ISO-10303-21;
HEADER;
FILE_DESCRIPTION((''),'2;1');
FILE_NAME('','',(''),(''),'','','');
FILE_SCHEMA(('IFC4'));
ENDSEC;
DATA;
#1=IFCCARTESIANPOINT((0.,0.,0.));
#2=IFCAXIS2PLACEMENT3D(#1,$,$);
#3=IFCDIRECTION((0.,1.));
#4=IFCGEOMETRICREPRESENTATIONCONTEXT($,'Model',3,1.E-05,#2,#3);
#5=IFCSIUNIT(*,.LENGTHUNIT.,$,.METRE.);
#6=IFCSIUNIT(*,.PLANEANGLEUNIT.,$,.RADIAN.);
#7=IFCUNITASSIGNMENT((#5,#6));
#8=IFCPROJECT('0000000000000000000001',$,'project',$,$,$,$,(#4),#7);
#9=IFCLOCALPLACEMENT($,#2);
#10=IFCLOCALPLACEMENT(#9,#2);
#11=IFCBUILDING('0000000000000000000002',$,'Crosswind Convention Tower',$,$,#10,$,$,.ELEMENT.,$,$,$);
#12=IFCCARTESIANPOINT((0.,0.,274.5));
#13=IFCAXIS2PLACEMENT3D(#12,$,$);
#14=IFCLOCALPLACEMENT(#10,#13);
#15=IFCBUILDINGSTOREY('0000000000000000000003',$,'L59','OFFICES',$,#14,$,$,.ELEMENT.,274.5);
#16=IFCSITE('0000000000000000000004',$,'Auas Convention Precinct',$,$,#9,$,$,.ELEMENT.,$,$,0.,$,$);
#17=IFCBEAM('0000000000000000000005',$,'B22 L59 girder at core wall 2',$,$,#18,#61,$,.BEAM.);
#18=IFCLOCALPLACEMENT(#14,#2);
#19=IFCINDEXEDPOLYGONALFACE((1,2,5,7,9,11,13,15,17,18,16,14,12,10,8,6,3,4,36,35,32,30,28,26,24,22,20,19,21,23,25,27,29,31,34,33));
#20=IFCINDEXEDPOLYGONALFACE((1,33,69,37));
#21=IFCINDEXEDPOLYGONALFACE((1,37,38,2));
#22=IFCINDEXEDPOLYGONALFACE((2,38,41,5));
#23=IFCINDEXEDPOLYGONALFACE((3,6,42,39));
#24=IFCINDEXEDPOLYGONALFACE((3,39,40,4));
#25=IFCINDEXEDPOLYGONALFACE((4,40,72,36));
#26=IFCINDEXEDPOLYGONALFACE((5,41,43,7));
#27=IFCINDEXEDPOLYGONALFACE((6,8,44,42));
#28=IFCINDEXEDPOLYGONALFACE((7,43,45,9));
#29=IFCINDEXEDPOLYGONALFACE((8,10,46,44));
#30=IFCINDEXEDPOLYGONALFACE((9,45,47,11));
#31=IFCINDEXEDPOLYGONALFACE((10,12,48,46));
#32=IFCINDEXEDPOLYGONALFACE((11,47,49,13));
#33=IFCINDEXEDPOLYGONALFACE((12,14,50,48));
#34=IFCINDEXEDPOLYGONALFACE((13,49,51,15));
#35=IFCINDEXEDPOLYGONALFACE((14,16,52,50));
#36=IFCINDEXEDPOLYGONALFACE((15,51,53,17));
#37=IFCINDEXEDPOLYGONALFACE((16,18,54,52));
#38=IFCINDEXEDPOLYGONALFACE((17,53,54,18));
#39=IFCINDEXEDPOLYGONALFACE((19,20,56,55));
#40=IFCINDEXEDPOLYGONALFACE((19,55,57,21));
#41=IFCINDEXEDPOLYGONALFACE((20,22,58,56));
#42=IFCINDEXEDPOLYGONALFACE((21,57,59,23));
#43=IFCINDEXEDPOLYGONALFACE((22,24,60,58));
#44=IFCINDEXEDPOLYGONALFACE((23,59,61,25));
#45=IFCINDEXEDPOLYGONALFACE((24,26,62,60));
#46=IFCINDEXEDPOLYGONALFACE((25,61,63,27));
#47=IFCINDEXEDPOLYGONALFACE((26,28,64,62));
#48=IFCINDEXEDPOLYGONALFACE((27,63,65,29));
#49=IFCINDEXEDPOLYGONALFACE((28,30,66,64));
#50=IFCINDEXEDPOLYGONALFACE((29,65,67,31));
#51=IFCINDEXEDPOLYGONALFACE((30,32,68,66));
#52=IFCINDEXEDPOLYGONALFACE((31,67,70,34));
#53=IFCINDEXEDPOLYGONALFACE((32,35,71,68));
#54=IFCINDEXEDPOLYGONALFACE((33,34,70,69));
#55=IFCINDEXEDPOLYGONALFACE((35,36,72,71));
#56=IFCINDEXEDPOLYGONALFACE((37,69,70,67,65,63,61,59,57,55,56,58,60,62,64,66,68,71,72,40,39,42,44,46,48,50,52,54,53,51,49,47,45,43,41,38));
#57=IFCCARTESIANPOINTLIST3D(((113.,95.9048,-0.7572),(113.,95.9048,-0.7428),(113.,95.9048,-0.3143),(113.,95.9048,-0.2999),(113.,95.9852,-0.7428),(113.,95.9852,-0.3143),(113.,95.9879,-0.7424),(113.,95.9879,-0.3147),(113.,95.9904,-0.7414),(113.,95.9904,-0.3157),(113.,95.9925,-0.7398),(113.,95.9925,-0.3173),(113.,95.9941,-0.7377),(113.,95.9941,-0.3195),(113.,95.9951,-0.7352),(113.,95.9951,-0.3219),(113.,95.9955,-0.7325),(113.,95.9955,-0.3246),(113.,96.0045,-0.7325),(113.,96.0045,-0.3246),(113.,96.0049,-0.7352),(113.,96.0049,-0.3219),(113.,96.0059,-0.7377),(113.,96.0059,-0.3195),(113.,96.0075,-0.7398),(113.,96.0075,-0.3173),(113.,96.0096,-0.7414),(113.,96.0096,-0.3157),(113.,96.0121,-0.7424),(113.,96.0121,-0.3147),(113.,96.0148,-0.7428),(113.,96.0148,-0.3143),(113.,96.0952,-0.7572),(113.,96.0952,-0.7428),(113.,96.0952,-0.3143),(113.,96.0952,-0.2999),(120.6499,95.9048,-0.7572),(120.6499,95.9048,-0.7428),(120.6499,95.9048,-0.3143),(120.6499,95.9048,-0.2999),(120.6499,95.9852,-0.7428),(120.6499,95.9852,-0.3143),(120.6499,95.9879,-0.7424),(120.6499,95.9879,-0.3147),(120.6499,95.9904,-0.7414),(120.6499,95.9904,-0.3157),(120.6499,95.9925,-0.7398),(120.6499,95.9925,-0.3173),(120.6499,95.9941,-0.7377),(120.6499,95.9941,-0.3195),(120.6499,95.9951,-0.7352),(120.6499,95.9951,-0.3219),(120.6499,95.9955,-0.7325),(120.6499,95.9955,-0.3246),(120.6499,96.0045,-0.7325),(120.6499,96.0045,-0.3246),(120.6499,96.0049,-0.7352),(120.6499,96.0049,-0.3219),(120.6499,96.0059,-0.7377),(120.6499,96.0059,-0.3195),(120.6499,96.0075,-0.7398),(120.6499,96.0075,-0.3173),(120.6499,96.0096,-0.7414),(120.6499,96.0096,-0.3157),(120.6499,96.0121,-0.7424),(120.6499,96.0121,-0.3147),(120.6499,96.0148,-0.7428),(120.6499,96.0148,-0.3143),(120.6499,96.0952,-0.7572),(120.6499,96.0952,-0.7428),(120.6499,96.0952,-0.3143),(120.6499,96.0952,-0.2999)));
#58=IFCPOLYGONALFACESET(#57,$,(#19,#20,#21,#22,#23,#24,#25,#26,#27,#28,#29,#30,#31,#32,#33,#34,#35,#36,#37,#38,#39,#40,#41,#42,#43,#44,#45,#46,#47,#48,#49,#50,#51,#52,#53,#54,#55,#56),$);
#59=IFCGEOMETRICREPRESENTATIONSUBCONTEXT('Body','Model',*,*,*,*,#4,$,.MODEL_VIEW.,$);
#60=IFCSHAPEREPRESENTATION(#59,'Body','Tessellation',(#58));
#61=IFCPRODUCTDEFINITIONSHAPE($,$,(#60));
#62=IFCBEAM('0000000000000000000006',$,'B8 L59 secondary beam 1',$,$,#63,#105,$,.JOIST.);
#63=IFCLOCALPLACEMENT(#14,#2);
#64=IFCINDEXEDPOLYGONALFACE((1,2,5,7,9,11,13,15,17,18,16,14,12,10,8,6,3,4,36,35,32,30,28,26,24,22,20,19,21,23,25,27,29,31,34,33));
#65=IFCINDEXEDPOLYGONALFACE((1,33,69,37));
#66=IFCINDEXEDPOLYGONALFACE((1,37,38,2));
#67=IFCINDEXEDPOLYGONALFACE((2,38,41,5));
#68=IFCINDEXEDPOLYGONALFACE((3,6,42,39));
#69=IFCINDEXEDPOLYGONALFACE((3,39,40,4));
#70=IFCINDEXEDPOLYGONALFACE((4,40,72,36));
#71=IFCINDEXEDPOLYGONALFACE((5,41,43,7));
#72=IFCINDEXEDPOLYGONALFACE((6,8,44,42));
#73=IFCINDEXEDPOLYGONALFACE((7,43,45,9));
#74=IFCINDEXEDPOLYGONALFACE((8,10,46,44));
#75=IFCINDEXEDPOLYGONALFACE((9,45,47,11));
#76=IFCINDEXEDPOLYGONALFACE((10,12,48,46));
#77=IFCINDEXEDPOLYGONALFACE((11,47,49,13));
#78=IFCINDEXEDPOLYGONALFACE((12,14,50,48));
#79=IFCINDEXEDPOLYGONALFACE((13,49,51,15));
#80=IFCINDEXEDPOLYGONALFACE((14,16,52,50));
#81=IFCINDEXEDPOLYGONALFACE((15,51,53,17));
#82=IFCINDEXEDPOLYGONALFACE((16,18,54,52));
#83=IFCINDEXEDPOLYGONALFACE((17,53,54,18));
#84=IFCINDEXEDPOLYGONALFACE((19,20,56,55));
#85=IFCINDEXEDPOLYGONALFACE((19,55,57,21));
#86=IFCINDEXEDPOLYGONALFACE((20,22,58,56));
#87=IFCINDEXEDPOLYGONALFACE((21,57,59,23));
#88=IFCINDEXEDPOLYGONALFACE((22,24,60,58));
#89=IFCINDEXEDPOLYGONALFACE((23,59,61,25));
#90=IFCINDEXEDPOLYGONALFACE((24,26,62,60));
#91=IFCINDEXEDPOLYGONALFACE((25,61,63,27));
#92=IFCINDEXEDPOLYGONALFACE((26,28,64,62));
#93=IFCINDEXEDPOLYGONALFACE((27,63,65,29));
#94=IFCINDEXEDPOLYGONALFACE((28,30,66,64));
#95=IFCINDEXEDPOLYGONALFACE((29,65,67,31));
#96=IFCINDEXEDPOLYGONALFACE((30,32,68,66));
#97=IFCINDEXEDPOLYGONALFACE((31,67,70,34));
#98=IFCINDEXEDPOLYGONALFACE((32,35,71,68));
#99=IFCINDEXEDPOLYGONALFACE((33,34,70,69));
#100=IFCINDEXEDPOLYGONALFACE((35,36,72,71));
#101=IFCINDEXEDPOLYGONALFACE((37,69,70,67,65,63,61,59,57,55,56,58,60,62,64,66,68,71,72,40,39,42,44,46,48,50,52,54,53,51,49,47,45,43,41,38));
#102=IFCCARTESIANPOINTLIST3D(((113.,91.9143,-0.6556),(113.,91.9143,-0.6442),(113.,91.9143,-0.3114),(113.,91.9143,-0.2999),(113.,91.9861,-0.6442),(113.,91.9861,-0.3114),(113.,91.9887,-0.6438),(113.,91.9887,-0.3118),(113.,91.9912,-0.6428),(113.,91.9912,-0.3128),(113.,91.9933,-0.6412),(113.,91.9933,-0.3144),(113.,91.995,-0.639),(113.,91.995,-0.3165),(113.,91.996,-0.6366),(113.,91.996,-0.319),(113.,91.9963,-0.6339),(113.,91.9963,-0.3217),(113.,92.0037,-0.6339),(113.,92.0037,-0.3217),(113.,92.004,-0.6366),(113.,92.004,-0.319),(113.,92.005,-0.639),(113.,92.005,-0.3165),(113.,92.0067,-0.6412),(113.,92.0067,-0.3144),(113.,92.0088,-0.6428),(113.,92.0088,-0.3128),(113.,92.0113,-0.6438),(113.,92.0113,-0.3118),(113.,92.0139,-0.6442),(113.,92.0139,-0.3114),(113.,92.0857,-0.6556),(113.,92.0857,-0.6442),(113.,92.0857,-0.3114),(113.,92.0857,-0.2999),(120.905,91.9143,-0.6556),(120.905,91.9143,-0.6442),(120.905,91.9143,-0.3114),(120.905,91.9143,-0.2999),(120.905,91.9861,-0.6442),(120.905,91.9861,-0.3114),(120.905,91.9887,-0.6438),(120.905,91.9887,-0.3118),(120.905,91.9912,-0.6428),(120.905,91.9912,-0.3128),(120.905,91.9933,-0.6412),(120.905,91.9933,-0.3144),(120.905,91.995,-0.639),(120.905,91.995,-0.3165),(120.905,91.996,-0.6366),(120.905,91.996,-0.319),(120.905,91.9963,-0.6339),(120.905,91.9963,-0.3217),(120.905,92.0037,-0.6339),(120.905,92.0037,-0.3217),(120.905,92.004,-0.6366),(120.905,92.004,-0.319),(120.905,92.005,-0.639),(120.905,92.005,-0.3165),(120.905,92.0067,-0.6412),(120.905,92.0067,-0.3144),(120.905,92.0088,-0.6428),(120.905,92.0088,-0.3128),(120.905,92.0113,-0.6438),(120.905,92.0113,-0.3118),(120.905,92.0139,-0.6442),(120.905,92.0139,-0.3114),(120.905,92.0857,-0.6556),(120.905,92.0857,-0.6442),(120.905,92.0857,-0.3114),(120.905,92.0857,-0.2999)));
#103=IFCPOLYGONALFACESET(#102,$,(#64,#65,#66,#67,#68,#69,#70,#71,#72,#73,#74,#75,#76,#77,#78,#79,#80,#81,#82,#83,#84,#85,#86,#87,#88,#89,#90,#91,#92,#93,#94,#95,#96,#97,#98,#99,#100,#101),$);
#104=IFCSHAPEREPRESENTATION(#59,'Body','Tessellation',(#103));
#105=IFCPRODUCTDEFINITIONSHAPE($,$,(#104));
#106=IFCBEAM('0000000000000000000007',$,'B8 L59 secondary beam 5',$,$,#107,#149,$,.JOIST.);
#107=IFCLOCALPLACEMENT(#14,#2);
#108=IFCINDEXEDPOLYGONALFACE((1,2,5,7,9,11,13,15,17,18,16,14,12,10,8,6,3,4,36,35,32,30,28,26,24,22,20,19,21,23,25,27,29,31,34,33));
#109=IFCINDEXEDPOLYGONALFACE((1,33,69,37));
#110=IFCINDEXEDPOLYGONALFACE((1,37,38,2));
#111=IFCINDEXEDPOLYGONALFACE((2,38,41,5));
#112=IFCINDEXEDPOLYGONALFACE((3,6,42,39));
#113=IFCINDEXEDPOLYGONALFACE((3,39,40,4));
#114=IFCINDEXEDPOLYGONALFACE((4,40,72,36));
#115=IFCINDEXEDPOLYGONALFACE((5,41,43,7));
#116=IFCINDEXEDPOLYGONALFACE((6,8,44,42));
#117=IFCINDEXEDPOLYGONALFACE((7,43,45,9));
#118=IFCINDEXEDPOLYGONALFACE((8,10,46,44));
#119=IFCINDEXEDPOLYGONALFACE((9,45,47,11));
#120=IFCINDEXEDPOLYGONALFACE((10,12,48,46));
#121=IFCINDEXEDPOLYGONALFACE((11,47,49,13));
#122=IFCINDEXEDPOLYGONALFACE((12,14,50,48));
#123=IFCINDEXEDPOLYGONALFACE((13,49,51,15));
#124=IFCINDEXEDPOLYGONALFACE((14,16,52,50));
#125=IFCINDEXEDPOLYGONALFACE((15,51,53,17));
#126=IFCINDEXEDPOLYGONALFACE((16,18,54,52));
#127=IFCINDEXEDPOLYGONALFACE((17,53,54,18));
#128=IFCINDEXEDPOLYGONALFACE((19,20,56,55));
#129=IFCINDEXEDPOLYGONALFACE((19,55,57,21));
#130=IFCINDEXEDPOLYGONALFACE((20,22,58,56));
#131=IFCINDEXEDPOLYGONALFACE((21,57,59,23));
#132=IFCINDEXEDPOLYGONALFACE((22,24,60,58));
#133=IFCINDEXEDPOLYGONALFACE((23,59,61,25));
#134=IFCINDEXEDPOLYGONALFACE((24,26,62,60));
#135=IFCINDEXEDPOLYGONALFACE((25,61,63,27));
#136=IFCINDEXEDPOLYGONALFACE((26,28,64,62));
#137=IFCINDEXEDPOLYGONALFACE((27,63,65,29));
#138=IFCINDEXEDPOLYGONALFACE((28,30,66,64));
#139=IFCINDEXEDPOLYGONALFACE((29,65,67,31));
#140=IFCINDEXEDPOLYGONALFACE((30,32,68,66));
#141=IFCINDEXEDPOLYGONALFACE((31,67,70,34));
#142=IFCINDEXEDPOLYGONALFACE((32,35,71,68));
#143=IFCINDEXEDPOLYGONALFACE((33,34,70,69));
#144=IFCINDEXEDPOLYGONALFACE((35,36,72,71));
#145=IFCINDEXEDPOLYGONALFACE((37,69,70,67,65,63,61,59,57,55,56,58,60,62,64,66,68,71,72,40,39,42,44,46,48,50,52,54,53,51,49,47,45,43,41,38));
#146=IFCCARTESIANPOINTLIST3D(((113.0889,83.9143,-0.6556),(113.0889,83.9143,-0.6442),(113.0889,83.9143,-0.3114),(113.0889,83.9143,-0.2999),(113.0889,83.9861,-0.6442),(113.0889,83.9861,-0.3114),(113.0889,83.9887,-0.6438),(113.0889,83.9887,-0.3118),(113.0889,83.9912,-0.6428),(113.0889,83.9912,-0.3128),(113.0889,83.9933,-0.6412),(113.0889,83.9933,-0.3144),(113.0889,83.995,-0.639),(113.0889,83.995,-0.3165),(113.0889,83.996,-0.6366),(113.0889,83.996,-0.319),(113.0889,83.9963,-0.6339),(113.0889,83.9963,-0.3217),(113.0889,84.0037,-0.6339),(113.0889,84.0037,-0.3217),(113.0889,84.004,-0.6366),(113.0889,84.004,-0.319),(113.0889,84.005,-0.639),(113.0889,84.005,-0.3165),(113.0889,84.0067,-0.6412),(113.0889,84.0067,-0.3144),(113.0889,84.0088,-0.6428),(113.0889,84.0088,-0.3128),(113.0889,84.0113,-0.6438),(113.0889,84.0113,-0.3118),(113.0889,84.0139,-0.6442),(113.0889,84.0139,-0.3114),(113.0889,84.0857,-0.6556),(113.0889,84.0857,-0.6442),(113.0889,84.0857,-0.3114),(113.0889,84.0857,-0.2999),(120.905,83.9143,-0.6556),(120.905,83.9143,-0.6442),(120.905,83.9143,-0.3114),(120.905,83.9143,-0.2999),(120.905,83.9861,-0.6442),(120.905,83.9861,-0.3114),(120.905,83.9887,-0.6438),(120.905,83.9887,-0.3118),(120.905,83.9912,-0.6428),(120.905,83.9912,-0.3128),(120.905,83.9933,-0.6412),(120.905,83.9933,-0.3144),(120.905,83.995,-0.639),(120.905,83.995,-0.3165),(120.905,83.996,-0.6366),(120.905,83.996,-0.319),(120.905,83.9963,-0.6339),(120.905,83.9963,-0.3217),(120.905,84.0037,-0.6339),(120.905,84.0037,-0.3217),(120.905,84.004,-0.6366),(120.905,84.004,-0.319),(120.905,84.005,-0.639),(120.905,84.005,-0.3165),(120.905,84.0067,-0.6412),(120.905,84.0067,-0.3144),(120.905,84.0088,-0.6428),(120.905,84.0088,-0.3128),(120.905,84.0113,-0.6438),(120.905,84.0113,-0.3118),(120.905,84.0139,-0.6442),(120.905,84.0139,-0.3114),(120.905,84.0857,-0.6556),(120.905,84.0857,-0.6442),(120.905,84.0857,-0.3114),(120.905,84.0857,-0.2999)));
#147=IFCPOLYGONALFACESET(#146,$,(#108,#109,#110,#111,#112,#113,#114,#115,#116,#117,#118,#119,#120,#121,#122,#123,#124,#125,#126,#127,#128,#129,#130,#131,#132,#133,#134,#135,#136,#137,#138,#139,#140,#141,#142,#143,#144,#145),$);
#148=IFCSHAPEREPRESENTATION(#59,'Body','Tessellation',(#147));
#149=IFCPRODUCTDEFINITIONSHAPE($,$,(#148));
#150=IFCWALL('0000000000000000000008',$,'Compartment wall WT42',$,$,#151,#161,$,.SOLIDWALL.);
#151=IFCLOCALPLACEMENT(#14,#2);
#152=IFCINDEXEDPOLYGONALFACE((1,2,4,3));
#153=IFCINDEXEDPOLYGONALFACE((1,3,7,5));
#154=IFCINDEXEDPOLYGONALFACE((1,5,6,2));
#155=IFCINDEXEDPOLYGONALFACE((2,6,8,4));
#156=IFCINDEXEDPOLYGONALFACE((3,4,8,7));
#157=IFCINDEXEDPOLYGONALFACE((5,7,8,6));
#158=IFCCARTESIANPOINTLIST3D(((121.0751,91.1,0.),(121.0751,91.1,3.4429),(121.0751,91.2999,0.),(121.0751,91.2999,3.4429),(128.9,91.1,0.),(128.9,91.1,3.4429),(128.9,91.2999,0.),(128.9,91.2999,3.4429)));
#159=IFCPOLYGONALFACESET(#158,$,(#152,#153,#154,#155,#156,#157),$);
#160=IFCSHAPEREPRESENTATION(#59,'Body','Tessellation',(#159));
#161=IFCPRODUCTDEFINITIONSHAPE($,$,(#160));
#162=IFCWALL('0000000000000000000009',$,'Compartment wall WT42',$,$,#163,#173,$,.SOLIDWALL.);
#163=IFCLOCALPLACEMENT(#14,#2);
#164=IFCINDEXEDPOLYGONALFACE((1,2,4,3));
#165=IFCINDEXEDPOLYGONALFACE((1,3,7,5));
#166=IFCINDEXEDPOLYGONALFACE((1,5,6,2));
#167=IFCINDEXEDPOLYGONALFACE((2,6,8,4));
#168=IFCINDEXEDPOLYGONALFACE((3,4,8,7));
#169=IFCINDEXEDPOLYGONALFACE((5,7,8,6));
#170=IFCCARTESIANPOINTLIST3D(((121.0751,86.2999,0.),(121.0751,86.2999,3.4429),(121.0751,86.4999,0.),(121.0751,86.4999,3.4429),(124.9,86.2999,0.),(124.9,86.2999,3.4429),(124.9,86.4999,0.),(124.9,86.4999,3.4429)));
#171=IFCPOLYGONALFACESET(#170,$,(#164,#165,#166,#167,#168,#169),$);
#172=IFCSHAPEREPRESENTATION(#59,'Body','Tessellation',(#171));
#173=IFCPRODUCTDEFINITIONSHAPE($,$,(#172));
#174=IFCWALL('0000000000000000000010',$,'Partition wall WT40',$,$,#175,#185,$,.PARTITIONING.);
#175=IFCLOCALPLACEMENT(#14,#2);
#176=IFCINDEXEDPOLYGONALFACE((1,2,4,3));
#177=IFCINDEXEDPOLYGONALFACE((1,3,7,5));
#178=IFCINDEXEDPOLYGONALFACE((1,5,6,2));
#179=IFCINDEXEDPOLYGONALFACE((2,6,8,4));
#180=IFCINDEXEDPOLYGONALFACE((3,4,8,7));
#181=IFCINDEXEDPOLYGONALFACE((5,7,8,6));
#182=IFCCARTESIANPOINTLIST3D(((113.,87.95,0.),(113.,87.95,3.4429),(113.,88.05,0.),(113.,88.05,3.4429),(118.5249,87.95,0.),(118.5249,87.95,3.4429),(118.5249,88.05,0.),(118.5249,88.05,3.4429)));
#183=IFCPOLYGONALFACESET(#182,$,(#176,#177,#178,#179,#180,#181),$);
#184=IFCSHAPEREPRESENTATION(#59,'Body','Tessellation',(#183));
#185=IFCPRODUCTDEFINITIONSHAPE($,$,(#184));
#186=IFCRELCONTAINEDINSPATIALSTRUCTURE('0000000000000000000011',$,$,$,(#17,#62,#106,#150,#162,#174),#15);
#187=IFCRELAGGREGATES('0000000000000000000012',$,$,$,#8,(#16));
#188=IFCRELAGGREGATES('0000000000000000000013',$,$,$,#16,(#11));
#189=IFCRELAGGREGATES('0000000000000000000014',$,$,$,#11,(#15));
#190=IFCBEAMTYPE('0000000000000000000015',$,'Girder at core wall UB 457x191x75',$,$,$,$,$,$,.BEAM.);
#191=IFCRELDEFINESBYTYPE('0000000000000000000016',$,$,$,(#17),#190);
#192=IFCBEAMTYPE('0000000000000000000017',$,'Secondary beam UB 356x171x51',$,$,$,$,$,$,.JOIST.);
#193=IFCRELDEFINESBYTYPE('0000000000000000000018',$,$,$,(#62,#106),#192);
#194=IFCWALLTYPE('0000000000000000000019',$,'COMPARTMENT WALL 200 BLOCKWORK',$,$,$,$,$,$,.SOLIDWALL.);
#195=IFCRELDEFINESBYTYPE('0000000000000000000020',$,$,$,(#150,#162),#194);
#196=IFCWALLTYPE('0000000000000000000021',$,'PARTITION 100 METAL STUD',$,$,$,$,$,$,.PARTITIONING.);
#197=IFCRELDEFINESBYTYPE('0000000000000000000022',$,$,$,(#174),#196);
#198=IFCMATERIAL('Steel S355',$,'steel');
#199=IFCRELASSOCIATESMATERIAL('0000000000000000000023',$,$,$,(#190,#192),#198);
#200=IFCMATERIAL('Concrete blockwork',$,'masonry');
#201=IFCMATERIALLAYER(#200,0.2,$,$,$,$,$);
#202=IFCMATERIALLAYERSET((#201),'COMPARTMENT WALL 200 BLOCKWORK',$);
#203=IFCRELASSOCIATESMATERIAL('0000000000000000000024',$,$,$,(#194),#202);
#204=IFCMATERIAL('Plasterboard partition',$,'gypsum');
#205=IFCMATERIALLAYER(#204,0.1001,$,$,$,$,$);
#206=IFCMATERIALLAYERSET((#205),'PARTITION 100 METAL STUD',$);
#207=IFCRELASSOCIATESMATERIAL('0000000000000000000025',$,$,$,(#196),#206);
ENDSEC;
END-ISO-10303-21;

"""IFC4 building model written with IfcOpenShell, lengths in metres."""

from ifc_helpers import new_model, si_unit, direction, frame, frame_2d, origin, origin_2d, place, context, subcontext, project, spatial, rectangle, i_section, extrude, material, layer, layer_set, material_profile, profile_set, type_object, element, save


model = new_model("IFC4")

# Units and contexts
model_context = context("Model", 3, precision=1e-05, world=origin(), true_north=direction((0.0, 1.0)))
body_context = subcontext(model_context, "Body", "Model", "MODEL_VIEW")
ifc_project = project(units=[si_unit("LENGTHUNIT", "METRE"), si_unit("PLANEANGLEUNIT", "RADIAN")], contexts=[model_context])

# Site, building, storey
site_placement = place(None, origin())
site = spatial("IfcSite", under=ifc_project, at=site_placement, Name="Auas Convention Precinct", CompositionType="ELEMENT", RefElevation=0.0)
building_placement = place(site_placement, origin())
building = spatial("IfcBuilding", under=site, at=building_placement, Name="Crosswind Convention Tower", CompositionType="ELEMENT")
storey_placement = place(building_placement, frame((0.0, 0.0, 274.5)))
storey = spatial("IfcBuildingStorey", under=building, at=storey_placement, Name="L59", Description="OFFICES", CompositionType="ELEMENT", Elevation=274.5)

# Beams
ifc_material_1 = material(Name="Steel S355", Category="steel")
ifc_material_profile_1 = material_profile(ifc_material_1, i_section(OverallWidth=0.1904, OverallDepth=0.4573, WebThickness=0.009, FlangeThickness=0.0144, FilletRadius=0.0103, at=origin_2d()), Name="UB 457x191x75")
ifc_profile_set_1 = profile_set([ifc_material_profile_1], Name="Steel S355")
beam_type_1 = type_object("IfcBeamType", Name="Girder at core wall UB 457x191x75", PredefinedType="BEAM", material=ifc_profile_set_1)
for number, where, z_axis, x_axis, name in (
    (1, (113.0, 96.0, -0.5286), (1.0, 0.0, 0.0), (0.0, 1.0, 0.0), "B22 L59 girder at core wall 2"),
):
    element("IfcBeam", number, at=place(storey_placement, frame(where, z_axis=z_axis, x_axis=x_axis)), inside=storey, type_object=beam_type_1, Name=name, PredefinedType="BEAM", context=body_context, shape_type="SweptSolid", body=[
        extrude(i_section(OverallWidth=0.1904, OverallDepth=0.4573, WebThickness=0.009, FlangeThickness=0.0144, FilletRadius=0.0103, at=origin_2d()), origin(), (0.0, 0.0, 1.0), 7.6499),
    ])
ifc_material_profile_2 = material_profile(ifc_material_1, i_section(OverallWidth=0.1714, OverallDepth=0.3557, WebThickness=0.0073, FlangeThickness=0.0115, FilletRadius=0.0103, at=origin_2d()), Name="UB 356x171x51")
ifc_profile_set_2 = profile_set([ifc_material_profile_2], Name="Steel S355")
beam_type_2 = type_object("IfcBeamType", Name="Secondary beam UB 356x171x51", PredefinedType="JOIST", material=ifc_profile_set_2)
beam_1_placement = place(storey_placement, frame((113.0, 92.0, -0.4778), z_axis=(1.0, 0.0, 0.0), x_axis=(0.0, 1.0, 0.0)))
element("IfcBeam", 2, at=beam_1_placement, inside=storey, type_object=beam_type_2, Name="B8 L59 secondary beam 1", PredefinedType="JOIST", context=body_context, shape_type="SweptSolid", body=[
    extrude(i_section(OverallWidth=0.1714, OverallDepth=0.3557, WebThickness=0.0073, FlangeThickness=0.0115, FilletRadius=0.0103, at=origin_2d()), origin(), (0.0, 0.0, 1.0), 7.905),
])
beam_2_placement = place(storey_placement, frame((113.0889, 84.0, -0.4778), z_axis=(1.0, 0.0, 0.0), x_axis=(0.0, 1.0, 0.0)))
element("IfcBeam", 3, at=beam_2_placement, inside=storey, type_object=beam_type_2, Name="B8 L59 secondary beam 5", PredefinedType="JOIST", context=body_context, shape_type="SweptSolid", body=[
    extrude(i_section(OverallWidth=0.1714, OverallDepth=0.3557, WebThickness=0.0073, FlangeThickness=0.0115, FilletRadius=0.0103, at=origin_2d()), origin(), (0.0, 0.0, 1.0), 7.8162),
])

# Walls
ifc_material_2 = material(Name="Concrete blockwork", Category="masonry")
ifc_layer_1 = layer(ifc_material_2, 0.2)
ifc_layer_set_1 = layer_set([ifc_layer_1], Name="COMPARTMENT WALL 200 BLOCKWORK")
wall_type_1 = type_object("IfcWallType", Name="COMPARTMENT WALL 200 BLOCKWORK", PredefinedType="SOLIDWALL", material=ifc_layer_set_1)
wall_1_placement = place(storey_placement, frame((121.075, 91.2, 0.0), z_axis=(0.0, 0.0, 1.0), x_axis=(1.0, 0.0, 0.0)))
element("IfcWall", 4, at=wall_1_placement, inside=storey, type_object=wall_type_1, Name="Compartment wall WT42", PredefinedType="SOLIDWALL", context=body_context, shape_type="SweptSolid", body=[
    extrude(rectangle(XDim=7.825, YDim=0.2, at=frame_2d((3.9126, 0.0))), origin(), (0.0, 0.0, 1.0), 3.4429),
])
wall_2_placement = place(storey_placement, frame((121.075, 86.3999, 0.0), z_axis=(0.0, 0.0, 1.0), x_axis=(1.0, 0.0, 0.0)))
element("IfcWall", 5, at=wall_2_placement, inside=storey, type_object=wall_type_1, Name="Compartment wall WT42", PredefinedType="SOLIDWALL", context=body_context, shape_type="SweptSolid", body=[
    extrude(rectangle(XDim=3.825, YDim=0.2, at=frame_2d((1.9126, 0.0))), origin(), (0.0, 0.0, 1.0), 3.4429),
])
ifc_material_3 = material(Name="Plasterboard partition", Category="gypsum")
ifc_layer_2 = layer(ifc_material_3, 0.1001)
ifc_layer_set_2 = layer_set([ifc_layer_2], Name="PARTITION 100 METAL STUD")
wall_type_2 = type_object("IfcWallType", Name="PARTITION 100 METAL STUD", PredefinedType="PARTITIONING", material=ifc_layer_set_2)
for number, where, z_axis, x_axis, name in (
    (6, (113.0, 88.0, 0.0), (0.0, 0.0, 1.0), (1.0, 0.0, 0.0), "Partition wall WT40"),
):
    element("IfcWall", number, at=place(storey_placement, frame(where, z_axis=z_axis, x_axis=x_axis)), inside=storey, type_object=wall_type_2, Name=name, PredefinedType="PARTITIONING", context=body_context, shape_type="SweptSolid", body=[
        extrude(rectangle(XDim=5.5249, YDim=0.1001, at=frame_2d((2.7625, 0.0))), origin(), (0.0, 0.0, 1.0), 3.4429),
    ])

save(model, "model.ifc")
